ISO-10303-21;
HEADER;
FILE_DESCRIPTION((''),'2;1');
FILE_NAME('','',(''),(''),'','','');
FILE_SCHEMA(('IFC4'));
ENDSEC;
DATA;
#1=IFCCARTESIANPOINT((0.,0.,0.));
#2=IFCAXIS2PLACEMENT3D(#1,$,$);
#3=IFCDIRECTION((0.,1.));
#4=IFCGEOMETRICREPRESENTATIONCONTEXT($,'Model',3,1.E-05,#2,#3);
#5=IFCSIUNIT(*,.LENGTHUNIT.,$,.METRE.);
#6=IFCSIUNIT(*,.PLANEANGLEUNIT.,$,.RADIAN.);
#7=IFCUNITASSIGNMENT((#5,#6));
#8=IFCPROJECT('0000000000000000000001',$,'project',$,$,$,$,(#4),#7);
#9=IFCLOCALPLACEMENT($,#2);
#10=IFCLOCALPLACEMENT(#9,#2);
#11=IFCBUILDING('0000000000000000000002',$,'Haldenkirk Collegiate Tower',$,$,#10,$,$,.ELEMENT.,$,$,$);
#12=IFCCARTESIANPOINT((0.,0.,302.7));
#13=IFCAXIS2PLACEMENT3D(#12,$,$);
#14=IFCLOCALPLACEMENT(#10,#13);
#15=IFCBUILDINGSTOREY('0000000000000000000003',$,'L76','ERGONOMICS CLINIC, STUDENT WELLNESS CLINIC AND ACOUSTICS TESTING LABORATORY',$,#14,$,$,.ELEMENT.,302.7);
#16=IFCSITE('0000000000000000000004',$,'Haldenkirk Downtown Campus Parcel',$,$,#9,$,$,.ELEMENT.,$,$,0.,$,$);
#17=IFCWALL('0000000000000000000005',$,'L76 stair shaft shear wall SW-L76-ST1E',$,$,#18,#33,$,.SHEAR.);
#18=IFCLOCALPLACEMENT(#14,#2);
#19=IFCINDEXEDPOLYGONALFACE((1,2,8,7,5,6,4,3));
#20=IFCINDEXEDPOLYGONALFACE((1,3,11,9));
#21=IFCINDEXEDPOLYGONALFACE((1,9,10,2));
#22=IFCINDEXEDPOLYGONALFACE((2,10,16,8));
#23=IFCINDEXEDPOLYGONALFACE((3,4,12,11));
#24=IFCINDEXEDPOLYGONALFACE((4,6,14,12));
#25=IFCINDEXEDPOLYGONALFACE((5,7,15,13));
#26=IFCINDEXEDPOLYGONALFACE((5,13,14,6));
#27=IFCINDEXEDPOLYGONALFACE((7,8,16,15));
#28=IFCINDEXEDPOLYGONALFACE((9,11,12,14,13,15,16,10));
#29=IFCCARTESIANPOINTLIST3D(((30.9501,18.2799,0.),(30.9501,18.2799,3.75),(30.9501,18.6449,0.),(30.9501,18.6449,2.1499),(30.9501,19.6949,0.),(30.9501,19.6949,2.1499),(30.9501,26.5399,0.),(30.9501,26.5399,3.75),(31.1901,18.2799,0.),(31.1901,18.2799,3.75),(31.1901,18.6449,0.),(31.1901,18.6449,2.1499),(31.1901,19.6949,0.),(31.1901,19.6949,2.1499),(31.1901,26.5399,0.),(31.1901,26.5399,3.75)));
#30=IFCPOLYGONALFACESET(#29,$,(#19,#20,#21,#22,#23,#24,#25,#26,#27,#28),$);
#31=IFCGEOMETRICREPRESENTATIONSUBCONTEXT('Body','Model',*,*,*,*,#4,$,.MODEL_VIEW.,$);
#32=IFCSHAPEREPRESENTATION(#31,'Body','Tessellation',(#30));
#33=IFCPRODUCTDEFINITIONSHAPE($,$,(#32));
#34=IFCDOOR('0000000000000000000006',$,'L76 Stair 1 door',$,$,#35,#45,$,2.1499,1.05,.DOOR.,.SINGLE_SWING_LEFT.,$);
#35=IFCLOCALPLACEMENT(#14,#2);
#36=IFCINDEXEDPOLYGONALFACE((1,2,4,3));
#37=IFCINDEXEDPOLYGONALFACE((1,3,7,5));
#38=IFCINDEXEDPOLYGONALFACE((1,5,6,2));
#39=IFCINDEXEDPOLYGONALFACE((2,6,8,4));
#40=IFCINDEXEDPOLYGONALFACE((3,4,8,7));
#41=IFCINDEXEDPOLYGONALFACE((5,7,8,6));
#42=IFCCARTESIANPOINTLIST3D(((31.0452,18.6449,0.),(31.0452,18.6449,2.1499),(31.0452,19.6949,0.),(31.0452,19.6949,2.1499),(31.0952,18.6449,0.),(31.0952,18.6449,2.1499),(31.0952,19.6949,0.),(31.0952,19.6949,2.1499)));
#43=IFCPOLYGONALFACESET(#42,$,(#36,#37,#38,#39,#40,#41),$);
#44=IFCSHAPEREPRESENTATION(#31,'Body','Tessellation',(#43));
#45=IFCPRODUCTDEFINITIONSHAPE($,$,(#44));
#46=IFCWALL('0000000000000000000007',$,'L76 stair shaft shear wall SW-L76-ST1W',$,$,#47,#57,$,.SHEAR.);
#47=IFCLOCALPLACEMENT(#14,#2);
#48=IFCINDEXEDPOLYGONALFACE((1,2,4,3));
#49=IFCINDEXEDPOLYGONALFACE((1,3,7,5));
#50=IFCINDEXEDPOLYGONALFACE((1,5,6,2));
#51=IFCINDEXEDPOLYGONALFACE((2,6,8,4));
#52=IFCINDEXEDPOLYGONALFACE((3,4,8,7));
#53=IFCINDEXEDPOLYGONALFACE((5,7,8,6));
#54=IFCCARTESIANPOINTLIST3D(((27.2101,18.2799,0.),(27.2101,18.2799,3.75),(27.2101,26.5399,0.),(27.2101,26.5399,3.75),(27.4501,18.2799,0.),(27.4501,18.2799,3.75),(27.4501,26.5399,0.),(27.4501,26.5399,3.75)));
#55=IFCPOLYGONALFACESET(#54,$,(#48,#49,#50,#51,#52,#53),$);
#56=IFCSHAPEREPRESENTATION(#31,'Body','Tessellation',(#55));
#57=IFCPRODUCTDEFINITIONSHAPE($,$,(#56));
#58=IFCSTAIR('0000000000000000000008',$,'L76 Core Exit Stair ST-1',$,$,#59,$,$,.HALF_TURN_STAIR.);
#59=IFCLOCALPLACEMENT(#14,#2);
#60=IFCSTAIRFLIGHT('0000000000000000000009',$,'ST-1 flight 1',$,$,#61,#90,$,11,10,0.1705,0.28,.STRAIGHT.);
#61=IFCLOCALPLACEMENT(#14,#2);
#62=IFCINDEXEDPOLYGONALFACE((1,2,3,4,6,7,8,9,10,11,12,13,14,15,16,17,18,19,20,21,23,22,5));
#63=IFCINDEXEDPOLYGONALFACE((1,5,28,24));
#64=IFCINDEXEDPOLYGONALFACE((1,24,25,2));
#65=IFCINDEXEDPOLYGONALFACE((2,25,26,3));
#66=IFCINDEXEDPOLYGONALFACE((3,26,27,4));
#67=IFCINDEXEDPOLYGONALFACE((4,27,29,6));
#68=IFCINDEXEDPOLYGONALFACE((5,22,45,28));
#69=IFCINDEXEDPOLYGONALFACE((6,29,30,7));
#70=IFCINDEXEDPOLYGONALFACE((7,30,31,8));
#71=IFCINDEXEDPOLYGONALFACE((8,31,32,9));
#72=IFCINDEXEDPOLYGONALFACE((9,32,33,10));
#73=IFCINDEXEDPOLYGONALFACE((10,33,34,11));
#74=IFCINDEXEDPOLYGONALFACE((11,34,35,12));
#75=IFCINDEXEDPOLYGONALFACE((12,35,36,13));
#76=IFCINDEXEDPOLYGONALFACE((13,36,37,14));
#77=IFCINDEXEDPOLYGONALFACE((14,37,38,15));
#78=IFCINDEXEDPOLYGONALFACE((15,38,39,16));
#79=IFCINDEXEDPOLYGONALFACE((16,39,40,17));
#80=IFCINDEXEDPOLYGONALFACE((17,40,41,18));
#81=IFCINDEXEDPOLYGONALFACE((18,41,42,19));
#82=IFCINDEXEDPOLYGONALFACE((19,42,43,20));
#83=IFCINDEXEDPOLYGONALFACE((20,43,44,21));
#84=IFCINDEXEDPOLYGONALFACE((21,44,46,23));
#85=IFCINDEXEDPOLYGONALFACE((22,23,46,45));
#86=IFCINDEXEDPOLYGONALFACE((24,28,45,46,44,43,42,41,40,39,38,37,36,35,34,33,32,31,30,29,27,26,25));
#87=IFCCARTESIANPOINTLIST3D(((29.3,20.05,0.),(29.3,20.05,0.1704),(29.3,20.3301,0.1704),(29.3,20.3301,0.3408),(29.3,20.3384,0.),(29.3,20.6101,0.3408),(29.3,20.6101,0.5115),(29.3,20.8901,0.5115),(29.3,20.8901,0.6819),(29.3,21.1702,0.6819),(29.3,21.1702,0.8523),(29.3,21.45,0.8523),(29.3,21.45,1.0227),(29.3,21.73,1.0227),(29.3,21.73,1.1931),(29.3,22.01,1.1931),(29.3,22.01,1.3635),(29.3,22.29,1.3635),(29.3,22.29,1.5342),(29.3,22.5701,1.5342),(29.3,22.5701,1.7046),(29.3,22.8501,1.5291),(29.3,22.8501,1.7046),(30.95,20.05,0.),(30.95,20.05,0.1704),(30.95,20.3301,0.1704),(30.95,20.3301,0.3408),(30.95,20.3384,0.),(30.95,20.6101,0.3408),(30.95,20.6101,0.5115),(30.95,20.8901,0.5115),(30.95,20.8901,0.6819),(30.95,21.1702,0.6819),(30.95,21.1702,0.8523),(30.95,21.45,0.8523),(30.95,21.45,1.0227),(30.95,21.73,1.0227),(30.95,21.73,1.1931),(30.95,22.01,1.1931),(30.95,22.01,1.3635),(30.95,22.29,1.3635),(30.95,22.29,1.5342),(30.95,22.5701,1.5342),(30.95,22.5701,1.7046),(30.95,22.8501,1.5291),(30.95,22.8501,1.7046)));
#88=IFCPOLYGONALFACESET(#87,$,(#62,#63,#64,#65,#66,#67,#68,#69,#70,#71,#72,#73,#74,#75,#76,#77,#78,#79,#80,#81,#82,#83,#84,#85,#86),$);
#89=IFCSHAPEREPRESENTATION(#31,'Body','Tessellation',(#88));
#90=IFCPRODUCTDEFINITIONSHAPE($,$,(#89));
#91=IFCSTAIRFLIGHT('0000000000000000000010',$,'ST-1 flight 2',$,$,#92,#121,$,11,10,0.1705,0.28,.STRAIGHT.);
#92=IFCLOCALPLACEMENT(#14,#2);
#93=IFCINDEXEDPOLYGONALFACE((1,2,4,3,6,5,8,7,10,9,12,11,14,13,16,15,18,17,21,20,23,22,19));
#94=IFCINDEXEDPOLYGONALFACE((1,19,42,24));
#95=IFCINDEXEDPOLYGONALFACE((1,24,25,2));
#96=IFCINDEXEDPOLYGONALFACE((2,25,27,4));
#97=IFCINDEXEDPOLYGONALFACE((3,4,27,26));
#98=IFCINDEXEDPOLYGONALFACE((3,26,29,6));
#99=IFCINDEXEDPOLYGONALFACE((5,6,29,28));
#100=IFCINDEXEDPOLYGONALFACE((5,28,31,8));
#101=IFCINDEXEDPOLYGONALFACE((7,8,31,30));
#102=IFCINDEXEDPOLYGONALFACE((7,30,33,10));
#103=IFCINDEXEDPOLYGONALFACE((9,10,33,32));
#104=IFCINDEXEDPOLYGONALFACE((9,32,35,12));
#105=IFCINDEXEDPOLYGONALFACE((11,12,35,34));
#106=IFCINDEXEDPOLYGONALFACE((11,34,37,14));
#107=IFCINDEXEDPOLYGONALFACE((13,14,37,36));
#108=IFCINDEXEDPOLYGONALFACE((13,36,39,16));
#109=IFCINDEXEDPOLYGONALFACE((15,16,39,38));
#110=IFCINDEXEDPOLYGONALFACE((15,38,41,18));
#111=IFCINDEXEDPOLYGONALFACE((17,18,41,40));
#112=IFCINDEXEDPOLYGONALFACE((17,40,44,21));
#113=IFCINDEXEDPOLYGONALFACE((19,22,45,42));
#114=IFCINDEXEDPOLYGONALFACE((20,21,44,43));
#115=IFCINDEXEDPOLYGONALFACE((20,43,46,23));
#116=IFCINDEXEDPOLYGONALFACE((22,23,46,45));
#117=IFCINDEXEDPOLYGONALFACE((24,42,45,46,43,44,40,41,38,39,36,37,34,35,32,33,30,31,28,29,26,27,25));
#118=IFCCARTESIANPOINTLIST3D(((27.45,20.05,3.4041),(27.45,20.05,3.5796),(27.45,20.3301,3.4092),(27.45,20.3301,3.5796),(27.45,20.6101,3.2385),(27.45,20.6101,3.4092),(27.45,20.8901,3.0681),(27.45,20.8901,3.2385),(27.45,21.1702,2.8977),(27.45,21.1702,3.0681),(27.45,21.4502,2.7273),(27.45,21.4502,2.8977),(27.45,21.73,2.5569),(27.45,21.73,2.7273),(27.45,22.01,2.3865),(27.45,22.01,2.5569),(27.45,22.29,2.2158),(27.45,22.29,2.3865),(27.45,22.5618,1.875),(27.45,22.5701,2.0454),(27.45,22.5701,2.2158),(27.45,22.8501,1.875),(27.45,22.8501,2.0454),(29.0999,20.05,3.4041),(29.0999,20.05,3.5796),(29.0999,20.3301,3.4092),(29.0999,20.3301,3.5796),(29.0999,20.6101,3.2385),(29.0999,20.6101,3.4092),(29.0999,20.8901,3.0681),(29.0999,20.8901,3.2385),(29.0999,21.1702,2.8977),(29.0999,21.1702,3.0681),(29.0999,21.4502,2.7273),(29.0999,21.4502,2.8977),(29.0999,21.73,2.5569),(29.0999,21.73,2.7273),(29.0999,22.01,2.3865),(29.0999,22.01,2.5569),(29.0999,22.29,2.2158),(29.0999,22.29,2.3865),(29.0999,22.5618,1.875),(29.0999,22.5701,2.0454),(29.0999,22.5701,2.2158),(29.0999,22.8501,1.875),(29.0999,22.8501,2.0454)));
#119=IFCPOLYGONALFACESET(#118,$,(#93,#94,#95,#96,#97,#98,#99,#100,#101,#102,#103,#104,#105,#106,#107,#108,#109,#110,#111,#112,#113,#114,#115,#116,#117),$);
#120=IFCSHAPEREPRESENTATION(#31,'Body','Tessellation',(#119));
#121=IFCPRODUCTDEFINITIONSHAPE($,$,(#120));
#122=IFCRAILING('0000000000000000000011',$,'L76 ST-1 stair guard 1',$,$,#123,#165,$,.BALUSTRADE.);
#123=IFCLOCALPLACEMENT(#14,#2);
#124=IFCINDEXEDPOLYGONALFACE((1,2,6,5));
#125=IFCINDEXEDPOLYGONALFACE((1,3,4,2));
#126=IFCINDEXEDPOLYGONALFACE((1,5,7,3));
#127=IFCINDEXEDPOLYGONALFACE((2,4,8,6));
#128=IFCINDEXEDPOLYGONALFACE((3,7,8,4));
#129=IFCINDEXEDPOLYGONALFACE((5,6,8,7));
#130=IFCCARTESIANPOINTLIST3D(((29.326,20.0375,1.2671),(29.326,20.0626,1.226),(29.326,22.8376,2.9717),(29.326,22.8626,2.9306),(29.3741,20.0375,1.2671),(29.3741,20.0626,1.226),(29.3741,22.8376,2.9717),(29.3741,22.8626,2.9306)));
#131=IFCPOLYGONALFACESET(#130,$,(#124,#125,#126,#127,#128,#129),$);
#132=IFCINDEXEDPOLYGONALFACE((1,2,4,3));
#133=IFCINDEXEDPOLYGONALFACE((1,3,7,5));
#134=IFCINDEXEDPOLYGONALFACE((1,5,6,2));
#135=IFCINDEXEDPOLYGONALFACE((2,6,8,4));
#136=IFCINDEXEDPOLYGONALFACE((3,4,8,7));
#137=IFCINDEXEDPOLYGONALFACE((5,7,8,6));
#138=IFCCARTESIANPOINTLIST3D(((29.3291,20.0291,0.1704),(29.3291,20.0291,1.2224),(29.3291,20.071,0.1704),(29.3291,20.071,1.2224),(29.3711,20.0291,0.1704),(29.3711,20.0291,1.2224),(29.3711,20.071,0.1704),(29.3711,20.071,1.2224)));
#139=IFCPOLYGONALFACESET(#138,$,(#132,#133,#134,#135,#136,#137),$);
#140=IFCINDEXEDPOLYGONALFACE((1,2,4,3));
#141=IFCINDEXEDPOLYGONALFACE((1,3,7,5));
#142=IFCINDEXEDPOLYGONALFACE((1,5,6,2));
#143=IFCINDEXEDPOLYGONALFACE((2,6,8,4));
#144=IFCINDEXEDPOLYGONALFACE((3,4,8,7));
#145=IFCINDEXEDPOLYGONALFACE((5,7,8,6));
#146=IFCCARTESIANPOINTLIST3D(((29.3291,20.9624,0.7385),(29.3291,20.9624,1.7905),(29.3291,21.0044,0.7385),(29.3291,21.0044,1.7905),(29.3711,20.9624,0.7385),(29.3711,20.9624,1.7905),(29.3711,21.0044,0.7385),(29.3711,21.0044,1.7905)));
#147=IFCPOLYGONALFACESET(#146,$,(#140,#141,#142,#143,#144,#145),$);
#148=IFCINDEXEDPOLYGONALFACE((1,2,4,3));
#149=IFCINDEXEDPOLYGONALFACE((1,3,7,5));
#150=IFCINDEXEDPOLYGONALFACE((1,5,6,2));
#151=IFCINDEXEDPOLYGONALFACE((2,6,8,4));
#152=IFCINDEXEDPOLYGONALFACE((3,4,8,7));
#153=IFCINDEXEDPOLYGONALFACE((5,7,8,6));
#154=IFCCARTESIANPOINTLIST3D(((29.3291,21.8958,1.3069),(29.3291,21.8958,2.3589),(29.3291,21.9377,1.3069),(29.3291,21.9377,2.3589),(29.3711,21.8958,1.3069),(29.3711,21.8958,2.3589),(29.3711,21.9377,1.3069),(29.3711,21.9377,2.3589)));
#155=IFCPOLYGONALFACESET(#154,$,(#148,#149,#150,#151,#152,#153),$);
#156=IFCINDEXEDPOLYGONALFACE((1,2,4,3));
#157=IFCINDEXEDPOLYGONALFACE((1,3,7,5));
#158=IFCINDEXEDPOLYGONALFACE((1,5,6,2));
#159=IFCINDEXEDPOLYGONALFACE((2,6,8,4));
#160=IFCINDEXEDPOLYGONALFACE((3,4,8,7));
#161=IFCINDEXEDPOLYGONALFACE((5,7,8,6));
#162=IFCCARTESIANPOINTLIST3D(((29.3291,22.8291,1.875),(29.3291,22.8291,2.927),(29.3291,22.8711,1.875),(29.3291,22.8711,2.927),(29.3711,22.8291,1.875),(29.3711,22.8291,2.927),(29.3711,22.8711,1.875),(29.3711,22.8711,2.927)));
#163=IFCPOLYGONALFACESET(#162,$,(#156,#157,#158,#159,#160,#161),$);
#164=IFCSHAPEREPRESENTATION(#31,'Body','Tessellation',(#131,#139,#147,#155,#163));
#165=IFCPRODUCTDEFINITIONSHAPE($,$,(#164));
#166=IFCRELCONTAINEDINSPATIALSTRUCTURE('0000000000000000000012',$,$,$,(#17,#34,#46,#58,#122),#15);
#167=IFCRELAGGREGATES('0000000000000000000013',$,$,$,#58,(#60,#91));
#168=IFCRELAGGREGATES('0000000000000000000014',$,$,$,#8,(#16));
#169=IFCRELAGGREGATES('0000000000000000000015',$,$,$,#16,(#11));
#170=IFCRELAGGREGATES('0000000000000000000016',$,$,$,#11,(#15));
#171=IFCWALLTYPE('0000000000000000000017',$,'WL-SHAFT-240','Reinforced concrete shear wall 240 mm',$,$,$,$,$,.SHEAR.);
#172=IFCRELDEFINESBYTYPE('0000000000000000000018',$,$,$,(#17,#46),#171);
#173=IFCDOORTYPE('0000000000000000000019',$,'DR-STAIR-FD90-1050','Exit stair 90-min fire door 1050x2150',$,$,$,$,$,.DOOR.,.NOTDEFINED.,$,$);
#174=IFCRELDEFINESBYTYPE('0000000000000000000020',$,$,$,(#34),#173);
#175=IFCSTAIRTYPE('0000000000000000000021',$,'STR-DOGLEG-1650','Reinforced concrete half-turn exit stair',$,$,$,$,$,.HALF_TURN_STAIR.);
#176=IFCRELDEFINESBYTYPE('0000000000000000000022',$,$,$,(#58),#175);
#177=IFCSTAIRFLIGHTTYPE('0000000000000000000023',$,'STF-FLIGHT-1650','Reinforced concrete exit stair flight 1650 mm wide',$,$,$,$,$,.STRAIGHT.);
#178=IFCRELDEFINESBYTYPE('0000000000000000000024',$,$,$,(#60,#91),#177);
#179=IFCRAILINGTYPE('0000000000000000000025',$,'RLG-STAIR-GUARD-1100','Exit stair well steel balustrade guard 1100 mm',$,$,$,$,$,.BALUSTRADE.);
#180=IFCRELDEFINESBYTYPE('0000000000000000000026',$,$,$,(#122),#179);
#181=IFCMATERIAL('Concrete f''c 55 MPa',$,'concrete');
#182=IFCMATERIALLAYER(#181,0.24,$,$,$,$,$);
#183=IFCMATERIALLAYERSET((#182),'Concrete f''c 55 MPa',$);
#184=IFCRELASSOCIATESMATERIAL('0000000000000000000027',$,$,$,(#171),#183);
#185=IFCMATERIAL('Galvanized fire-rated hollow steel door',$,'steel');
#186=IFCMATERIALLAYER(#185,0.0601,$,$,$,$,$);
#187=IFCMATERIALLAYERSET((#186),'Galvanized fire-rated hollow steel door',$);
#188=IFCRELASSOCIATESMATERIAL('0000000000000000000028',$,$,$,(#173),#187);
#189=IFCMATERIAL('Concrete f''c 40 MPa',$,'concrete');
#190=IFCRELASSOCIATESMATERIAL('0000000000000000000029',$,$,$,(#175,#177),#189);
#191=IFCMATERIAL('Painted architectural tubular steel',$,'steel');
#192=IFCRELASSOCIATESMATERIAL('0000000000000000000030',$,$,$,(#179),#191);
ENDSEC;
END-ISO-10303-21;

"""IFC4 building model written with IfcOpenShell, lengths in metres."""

from ifc_helpers import new_model, si_unit, direction, frame, frame_2d, origin, origin_2d, place, context, subcontext, project, spatial, polyline, rectangle, outline, extrude, material, layer, layer_set, type_object, element, fill, aggregate, save


model = new_model("IFC4")

# Units and contexts
model_context = context("Model", 3, precision=1e-05, world=origin(), true_north=direction((0.0, 1.0)))
body_context = subcontext(model_context, "Body", "Model", "MODEL_VIEW")
ifc_project = project(units=[si_unit("LENGTHUNIT", "METRE"), si_unit("PLANEANGLEUNIT", "RADIAN")], contexts=[model_context])

# Site, building, storey
site_placement = place(None, origin())
site = spatial("IfcSite", under=ifc_project, at=site_placement, Name="Haldenkirk Downtown Campus Parcel", CompositionType="ELEMENT", RefElevation=0.0)
building_placement = place(site_placement, origin())
building = spatial("IfcBuilding", under=site, at=building_placement, Name="Haldenkirk Collegiate Tower", CompositionType="ELEMENT")
storey_placement = place(building_placement, frame((0.0, 0.0, 302.7)))
storey = spatial("IfcBuildingStorey", under=building, at=storey_placement, Name="L76", Description="ERGONOMICS CLINIC, STUDENT WELLNESS CLINIC AND ACOUSTICS TESTING LABORATORY", CompositionType="ELEMENT", Elevation=302.7)

# Shared definitions
ifc_material_1 = material(Name="Concrete f'c 55 MPa", Category="concrete")
ifc_material_2 = material(Name="Galvanized fire-rated hollow steel door", Category="steel")

# Wall, opening, door
ifc_layer_1 = layer(ifc_material_1, 0.24)
ifc_layer_set_1 = layer_set([ifc_layer_1], Name="Concrete f'c 55 MPa")
wall_type_1 = type_object("IfcWallType", Name="WL-SHAFT-240", Description="Reinforced concrete shear wall 240 mm", PredefinedType="SHEAR", material=ifc_layer_set_1)
wall_1_placement = place(storey_placement, frame((31.0701, 18.28, 0.0), z_axis=(0.0, 0.0, 1.0), x_axis=(0.0, 1.0, 0.0)))
wall_1 = element("IfcWall", 1, at=wall_1_placement, inside=storey, type_object=wall_type_1, Name="L76 stair shaft shear wall SW-L76-ST1E", PredefinedType="SHEAR", context=body_context, shape_type="SweptSolid", body=[
    extrude(rectangle(XDim=8.26, YDim=0.24, at=frame_2d((4.1299, 0.0))), origin(), (0.0, 0.0, 1.0), 3.75),
])
opening_1_placement = place(wall_1_placement, frame((0.365, 0.0, 0.0)))
opening_1 = element("IfcOpeningElement", 2, at=opening_1_placement, cuts=wall_1, PredefinedType="OPENING", context=body_context, shape_type="SweptSolid", body=[
    extrude(rectangle(XDim=1.05, YDim=2.1499, at=frame_2d((0.5249, 1.075))), frame((0.0, 0.1299, 0.0), z_axis=(0.0, -1.0, 0.0), x_axis=(1.0, 0.0, 0.0)), (0.0, 0.0, 1.0), 0.26),
])
ifc_layer_2 = layer(ifc_material_2, 0.0601)
ifc_layer_set_2 = layer_set([ifc_layer_2], Name="Galvanized fire-rated hollow steel door")
door_type_1 = type_object("IfcDoorType", Name="DR-STAIR-FD90-1050", Description="Exit stair 90-min fire door 1050x2150", OperationType="NOTDEFINED", PredefinedType="DOOR", material=ifc_layer_set_2)
door_1_placement = place(opening_1_placement, origin())
door_1 = element("IfcDoor", 3, at=door_1_placement, inside=storey, type_object=door_type_1, Name="L76 Stair 1 door", OperationType="SINGLE_SWING_LEFT", OverallHeight=2.1499, OverallWidth=1.05, PredefinedType="DOOR", context=body_context, shape_type="SweptSolid", body=[
    extrude(rectangle(XDim=1.05, YDim=2.1499, at=frame_2d((0.5249, 1.075))), frame((0.0, 0.0249, 0.0), z_axis=(0.0, -1.0, 0.0), x_axis=(1.0, 0.0, 0.0)), (0.0, 0.0, 1.0), 0.05),
])
fill(opening_1, door_1)

# Wall
wall_2_placement = place(storey_placement, frame((27.3301, 18.28, 0.0), z_axis=(0.0, 0.0, 1.0), x_axis=(0.0, 1.0, 0.0)))
element("IfcWall", 4, at=wall_2_placement, inside=storey, type_object=wall_type_1, Name="L76 stair shaft shear wall SW-L76-ST1W", PredefinedType="SHEAR", context=body_context, shape_type="SweptSolid", body=[
    extrude(rectangle(XDim=8.26, YDim=0.24, at=frame_2d((4.1299, 0.0))), origin(), (0.0, 0.0, 1.0), 3.75),
])

# Stair, stair flights
ifc_material_3 = material(Name="Concrete f'c 40 MPa", Category="concrete")
stair_type = type_object("IfcStairType", Name="STR-DOGLEG-1650", Description="Reinforced concrete half-turn exit stair", PredefinedType="HALF_TURN_STAIR", material=ifc_material_3)
stair_placement = place(storey_placement, origin())
stair = element("IfcStair", 5, at=stair_placement, inside=storey, type_object=stair_type, Name="L76 Core Exit Stair ST-1", PredefinedType="HALF_TURN_STAIR")
stair_flight_type = type_object("IfcStairFlightType", Name="STF-FLIGHT-1650", Description="Reinforced concrete exit stair flight 1650 mm wide", PredefinedType="STRAIGHT", material=ifc_material_3)
stair_flight_1_placement = place(storey_placement, frame((30.125, 20.05, 0.0), z_axis=(0.0, 0.0, 1.0), x_axis=(0.0, 1.0, 0.0)))
stair_flight_1 = element("IfcStairFlight", 6, at=stair_flight_1_placement, type_object=stair_flight_type, Name="ST-1 flight 1", NumberOfRisers=11, NumberOfTreads=10, PredefinedType="STRAIGHT", RiserHeight=0.1705, TreadLength=0.28, context=body_context, shape_type="SweptSolid", body=[
    extrude(outline(polyline([(0.0, 0.0), (0.0, 0.1704), (0.28, 0.1704), (0.28, 0.3408), (0.5601, 0.3408), (0.5601, 0.5115), (0.8401, 0.5115), (0.8401, 0.6819), (1.1201, 0.6819), (1.1201, 0.8523), (1.3999, 0.8523), (1.3999, 1.0227), (1.6799, 1.0227), (1.6799, 1.1931), (1.96, 1.1931), (1.96, 1.3635), (2.24, 1.3635), (2.24, 1.5342), (2.52, 1.5342), (2.52, 1.7046), (2.8, 1.7046), (2.8, 1.875), (2.8, 1.5291), (0.2883, 0.0), (0.0, 0.0)])), frame((0.0, 0.825, 0.0), z_axis=(0.0, -1.0, 0.0), x_axis=(1.0, 0.0, 0.0)), (0.0, 0.0, 1.0), 1.6499),
])
stair_flight_2_placement = place(storey_placement, frame((28.2749, 22.8501, 1.875), z_axis=(0.0, 0.0, 1.0), x_axis=(0.0, -1.0, 0.0)))
stair_flight_2 = element("IfcStairFlight", 7, at=stair_flight_2_placement, type_object=stair_flight_type, Name="ST-1 flight 2", NumberOfRisers=11, NumberOfTreads=10, PredefinedType="STRAIGHT", RiserHeight=0.1705, TreadLength=0.28, context=body_context, shape_type="SweptSolid", body=[
    extrude(outline(polyline([(0.0, 0.0), (0.0, 0.1704), (0.28, 0.1704), (0.28, 0.3408), (0.5601, 0.3408), (0.5601, 0.5115), (0.8401, 0.5115), (0.8401, 0.6819), (1.1201, 0.6819), (1.1201, 0.8523), (1.3999, 0.8523), (1.3999, 1.0227), (1.6799, 1.0227), (1.6799, 1.1931), (1.96, 1.1931), (1.96, 1.3635), (2.24, 1.3635), (2.24, 1.5342), (2.52, 1.5342), (2.52, 1.7046), (2.8, 1.7046), (2.8, 1.875), (2.8, 1.5291), (0.2883, 0.0), (0.0, 0.0)])), frame((0.0, 0.825, 0.0), z_axis=(0.0, -1.0, 0.0), x_axis=(1.0, 0.0, 0.0)), (0.0, 0.0, 1.0), 1.6499),
])
aggregate(stair, [stair_flight_1, stair_flight_2])

# Railing
ifc_material_4 = material(Name="Painted architectural tubular steel", Category="steel")
railing_type_1 = type_object("IfcRailingType", Name="RLG-STAIR-GUARD-1100", Description="Exit stair well steel balustrade guard 1100 mm", PredefinedType="BALUSTRADE", material=ifc_material_4)
railing_1_placement = place(storey_placement, frame((29.3501, 20.05, 0.1704)))
element("IfcRailing", 8, at=railing_1_placement, inside=storey, type_object=railing_type_1, Name="L76 ST-1 stair guard 1", PredefinedType="BALUSTRADE", context=body_context, shape_type="SweptSolid", body=[
    extrude(rectangle(XDim=0.0481, YDim=0.0481, at=origin_2d()), frame((0.0, 0.0, 1.0762), z_axis=(0.0, 0.85417, 0.519994), x_axis=(-1.0, 0.0, 0.0)), (0.0, 0.0, 1.0), 3.2781),
    extrude(rectangle(XDim=0.042, YDim=0.042, at=origin_2d()), origin(), (0.0, 0.0, 1.0), 1.052),
    extrude(rectangle(XDim=0.042, YDim=0.042, at=origin_2d()), frame((0.0, 0.9333, 0.5681)), (0.0, 0.0, 1.0), 1.052),
    extrude(rectangle(XDim=0.042, YDim=0.042, at=origin_2d()), frame((0.0, 1.8667, 1.1365)), (0.0, 0.0, 1.0), 1.052),
    extrude(rectangle(XDim=0.042, YDim=0.042, at=origin_2d()), frame((0.0, 2.8, 1.7046)), (0.0, 0.0, 1.0), 1.052),
])

save(model, "model.ifc")
